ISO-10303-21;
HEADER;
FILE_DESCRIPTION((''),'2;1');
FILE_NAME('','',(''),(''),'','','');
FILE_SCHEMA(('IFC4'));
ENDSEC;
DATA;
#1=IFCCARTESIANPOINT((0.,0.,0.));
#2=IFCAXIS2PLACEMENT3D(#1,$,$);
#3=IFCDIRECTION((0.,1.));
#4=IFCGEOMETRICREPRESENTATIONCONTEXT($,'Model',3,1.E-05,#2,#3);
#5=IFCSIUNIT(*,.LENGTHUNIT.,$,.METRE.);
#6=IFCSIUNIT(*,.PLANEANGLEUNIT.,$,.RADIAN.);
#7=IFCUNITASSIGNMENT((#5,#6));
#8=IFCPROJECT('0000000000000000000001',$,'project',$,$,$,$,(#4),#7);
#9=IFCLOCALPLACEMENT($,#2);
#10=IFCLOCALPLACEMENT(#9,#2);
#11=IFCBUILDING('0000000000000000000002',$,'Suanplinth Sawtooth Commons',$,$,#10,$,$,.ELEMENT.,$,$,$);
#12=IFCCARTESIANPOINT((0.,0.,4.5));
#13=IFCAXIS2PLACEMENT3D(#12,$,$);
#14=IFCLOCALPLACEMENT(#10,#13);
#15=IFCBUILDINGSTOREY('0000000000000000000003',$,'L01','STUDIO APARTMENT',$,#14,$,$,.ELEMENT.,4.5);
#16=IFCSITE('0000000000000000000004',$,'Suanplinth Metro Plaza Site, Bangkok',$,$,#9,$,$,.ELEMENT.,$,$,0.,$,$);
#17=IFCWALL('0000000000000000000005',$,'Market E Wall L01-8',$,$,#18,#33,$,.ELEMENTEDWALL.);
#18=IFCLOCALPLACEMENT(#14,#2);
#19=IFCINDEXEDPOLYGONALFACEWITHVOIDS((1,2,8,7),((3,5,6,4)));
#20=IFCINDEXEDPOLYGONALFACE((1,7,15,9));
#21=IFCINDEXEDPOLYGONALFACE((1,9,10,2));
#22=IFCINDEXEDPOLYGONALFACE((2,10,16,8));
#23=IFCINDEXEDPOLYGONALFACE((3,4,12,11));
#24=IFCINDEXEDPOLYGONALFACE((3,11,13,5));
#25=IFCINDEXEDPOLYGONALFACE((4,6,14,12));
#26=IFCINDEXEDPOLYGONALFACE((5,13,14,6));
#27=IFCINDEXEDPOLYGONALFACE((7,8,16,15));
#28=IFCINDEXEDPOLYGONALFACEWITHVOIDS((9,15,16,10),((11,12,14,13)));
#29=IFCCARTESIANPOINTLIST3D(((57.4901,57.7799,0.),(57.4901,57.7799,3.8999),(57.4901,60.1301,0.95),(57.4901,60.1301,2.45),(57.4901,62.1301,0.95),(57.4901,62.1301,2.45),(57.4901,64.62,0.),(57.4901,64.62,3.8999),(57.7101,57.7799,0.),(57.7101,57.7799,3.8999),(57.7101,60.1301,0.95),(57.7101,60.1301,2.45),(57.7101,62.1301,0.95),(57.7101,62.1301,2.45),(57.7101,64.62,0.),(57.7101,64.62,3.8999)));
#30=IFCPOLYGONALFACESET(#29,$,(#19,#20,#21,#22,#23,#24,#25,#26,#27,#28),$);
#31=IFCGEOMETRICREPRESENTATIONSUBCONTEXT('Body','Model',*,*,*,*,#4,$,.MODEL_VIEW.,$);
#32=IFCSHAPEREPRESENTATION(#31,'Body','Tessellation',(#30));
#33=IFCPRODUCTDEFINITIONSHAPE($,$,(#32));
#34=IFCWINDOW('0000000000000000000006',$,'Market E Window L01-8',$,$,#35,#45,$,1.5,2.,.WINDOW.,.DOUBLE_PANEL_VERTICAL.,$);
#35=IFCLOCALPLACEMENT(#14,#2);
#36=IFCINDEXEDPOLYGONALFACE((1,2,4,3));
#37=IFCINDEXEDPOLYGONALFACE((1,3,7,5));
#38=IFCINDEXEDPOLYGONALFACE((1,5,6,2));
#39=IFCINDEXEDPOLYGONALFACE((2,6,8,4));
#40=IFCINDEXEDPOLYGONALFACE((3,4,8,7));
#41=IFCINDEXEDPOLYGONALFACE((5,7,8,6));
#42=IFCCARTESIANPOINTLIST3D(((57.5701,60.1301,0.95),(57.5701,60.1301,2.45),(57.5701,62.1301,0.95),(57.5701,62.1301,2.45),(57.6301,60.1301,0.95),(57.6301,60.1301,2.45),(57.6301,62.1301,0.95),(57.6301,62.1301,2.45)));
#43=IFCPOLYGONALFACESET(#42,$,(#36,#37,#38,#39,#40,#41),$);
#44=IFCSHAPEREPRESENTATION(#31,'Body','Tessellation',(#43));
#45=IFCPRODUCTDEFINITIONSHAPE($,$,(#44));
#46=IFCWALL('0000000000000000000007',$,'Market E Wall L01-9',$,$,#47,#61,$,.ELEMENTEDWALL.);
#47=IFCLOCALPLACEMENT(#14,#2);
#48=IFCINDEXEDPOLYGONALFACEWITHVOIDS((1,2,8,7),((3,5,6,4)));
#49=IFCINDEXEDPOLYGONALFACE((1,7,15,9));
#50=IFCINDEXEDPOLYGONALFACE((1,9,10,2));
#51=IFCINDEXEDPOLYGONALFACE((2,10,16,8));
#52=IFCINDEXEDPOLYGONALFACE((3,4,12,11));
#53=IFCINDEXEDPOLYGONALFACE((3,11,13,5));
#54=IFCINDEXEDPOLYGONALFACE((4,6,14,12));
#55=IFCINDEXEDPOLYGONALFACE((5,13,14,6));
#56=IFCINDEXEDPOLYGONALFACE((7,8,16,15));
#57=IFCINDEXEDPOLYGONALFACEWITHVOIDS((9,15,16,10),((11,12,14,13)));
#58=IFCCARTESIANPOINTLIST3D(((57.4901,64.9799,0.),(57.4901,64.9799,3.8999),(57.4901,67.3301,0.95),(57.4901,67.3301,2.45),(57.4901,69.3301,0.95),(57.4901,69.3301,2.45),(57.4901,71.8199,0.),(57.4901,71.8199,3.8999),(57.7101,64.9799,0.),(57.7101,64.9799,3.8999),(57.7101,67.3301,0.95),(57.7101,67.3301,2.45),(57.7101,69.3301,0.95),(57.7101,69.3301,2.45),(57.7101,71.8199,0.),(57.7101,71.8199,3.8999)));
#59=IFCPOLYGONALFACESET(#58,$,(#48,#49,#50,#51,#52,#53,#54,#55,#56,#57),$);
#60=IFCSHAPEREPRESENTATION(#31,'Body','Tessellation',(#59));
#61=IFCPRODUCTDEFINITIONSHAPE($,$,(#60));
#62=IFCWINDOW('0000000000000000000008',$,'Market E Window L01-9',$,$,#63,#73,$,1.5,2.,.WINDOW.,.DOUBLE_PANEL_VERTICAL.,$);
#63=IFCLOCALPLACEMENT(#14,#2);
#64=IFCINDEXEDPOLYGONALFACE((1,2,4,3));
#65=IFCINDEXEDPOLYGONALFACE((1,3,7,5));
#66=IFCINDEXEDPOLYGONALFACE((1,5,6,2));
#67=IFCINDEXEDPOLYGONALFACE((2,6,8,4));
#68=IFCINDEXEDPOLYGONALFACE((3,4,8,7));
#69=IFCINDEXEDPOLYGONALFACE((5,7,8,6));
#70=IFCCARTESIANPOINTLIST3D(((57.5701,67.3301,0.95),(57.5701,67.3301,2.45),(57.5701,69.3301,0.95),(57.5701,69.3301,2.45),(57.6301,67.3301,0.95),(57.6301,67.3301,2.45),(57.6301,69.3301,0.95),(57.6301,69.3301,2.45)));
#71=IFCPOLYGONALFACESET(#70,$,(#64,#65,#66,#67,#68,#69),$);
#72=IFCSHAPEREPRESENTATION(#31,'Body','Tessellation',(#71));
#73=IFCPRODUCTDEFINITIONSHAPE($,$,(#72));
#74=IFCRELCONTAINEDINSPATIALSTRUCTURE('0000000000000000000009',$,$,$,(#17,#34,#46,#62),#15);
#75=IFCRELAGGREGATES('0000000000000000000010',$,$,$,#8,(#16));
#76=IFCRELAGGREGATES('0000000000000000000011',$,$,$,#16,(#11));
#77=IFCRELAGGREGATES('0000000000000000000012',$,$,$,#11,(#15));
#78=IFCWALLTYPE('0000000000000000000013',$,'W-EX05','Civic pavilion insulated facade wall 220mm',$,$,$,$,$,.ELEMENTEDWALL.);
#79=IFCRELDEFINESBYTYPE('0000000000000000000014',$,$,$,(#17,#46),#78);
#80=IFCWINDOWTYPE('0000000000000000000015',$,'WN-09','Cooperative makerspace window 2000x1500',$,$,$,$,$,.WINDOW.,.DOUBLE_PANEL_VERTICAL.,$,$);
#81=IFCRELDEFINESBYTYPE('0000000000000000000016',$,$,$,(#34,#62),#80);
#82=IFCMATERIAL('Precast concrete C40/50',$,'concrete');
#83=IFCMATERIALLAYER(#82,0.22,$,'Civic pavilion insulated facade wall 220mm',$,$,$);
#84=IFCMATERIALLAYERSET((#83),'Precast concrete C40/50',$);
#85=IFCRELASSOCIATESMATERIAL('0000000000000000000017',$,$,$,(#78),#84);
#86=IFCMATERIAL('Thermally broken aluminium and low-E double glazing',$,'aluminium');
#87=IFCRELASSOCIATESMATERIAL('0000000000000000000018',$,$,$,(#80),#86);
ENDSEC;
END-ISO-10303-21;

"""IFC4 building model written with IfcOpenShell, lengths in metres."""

from ifc_helpers import new_model, si_unit, direction, frame, frame_2d, origin, place, context, subcontext, project, spatial, rectangle, extrude, material, layer, layer_set, type_object, element, fill, save


model = new_model("IFC4")

# Units and contexts
model_context = context("Model", 3, precision=1e-05, world=origin(), true_north=direction((0.0, 1.0)))
body_context = subcontext(model_context, "Body", "Model", "MODEL_VIEW")
ifc_project = project(units=[si_unit("LENGTHUNIT", "METRE"), si_unit("PLANEANGLEUNIT", "RADIAN")], contexts=[model_context])

# Site, building, storey
site_placement = place(None, origin())
site = spatial("IfcSite", under=ifc_project, at=site_placement, Name="Suanplinth Metro Plaza Site, Bangkok", CompositionType="ELEMENT", RefElevation=0.0)
building_placement = place(site_placement, origin())
building = spatial("IfcBuilding", under=site, at=building_placement, Name="Suanplinth Sawtooth Commons", CompositionType="ELEMENT")
storey_placement = place(building_placement, frame((0.0, 0.0, 4.5)))
storey = spatial("IfcBuildingStorey", under=building, at=storey_placement, Name="L01", Description="STUDIO APARTMENT", CompositionType="ELEMENT", Elevation=4.5)

# Shared definitions
ifc_material_1 = material(Name="Precast concrete C40/50", Category="concrete")

# Walls, openings, windows
ifc_layer_1 = layer(ifc_material_1, 0.22, Name="Civic pavilion insulated facade wall 220mm")
ifc_layer_set_1 = layer_set([ifc_layer_1], Name="Precast concrete C40/50")
wall_type = type_object("IfcWallType", Name="W-EX05", Description="Civic pavilion insulated facade wall 220mm", PredefinedType="ELEMENTEDWALL", material=ifc_layer_set_1)
ifc_material_2 = material(Name="Thermally broken aluminium and low-E double glazing", Category="aluminium")
wall_1_placement = place(storey_placement, frame((57.6001, 57.78, 0.0), z_axis=(0.0, 0.0, 1.0), x_axis=(0.0, 1.0, 0.0)))
wall_1 = element("IfcWall", 1, at=wall_1_placement, inside=storey, type_object=wall_type, Name="Market E Wall L01-8", PredefinedType="ELEMENTEDWALL", context=body_context, shape_type="SweptSolid", body=[
    extrude(rectangle(XDim=6.8401, YDim=0.22, at=frame_2d((3.4199, 0.0))), origin(), (0.0, 0.0, 1.0), 3.8999),
])
opening_1_placement = place(wall_1_placement, frame((2.3501, 0.0, 0.95)))
opening_1 = element("IfcOpeningElement", 2, at=opening_1_placement, cuts=wall_1, PredefinedType="OPENING", context=body_context, shape_type="SweptSolid", body=[
    extrude(rectangle(XDim=2.0, YDim=1.5, at=frame_2d((1.0, 0.75))), frame((0.0, 0.125, 0.0), z_axis=(0.0, -1.0, 0.0), x_axis=(1.0, 0.0, 0.0)), (0.0, 0.0, 1.0), 0.2498),
])
window_type_1 = type_object("IfcWindowType", Name="WN-09", Description="Cooperative makerspace window 2000x1500", PartitioningType="DOUBLE_PANEL_VERTICAL", PredefinedType="WINDOW", material=ifc_material_2)
window_1_placement = place(opening_1_placement, origin())
window_1 = element("IfcWindow", 3, at=window_1_placement, inside=storey, type_object=window_type_1, Name="Market E Window L01-8", OverallHeight=1.5, OverallWidth=2.0, PartitioningType="DOUBLE_PANEL_VERTICAL", PredefinedType="WINDOW", context=body_context, shape_type="SweptSolid", body=[
    extrude(rectangle(XDim=2.0, YDim=1.5, at=frame_2d((1.0, 0.75))), frame((0.0, 0.03, 0.0), z_axis=(0.0, -1.0, 0.0), x_axis=(1.0, 0.0, 0.0)), (0.0, 0.0, 1.0), 0.0601),
])
fill(opening_1, window_1)
wall_2_placement = place(storey_placement, frame((57.6001, 64.98, 0.0), z_axis=(0.0, 0.0, 1.0), x_axis=(0.0, 1.0, 0.0)))
wall_2 = element("IfcWall", 4, at=wall_2_placement, inside=storey, type_object=wall_type, Name="Market E Wall L01-9", PredefinedType="ELEMENTEDWALL", context=body_context, shape_type="SweptSolid", body=[
    extrude(rectangle(XDim=6.8401, YDim=0.22, at=frame_2d((3.4199, 0.0))), origin(), (0.0, 0.0, 1.0), 3.8999),
])
opening_2_placement = place(wall_2_placement, frame((2.3501, 0.0, 0.95)))
opening_2 = element("IfcOpeningElement", 5, at=opening_2_placement, cuts=wall_2, PredefinedType="OPENING", context=body_context, shape_type="SweptSolid", body=[
    extrude(rectangle(XDim=2.0, YDim=1.5, at=frame_2d((1.0, 0.75))), frame((0.0, 0.125, 0.0), z_axis=(0.0, -1.0, 0.0), x_axis=(1.0, 0.0, 0.0)), (0.0, 0.0, 1.0), 0.2498),
])
window_2_placement = place(opening_2_placement, origin())
window_2 = element("IfcWindow", 6, at=window_2_placement, inside=storey, type_object=window_type_1, Name="Market E Window L01-9", OverallHeight=1.5, OverallWidth=2.0, PartitioningType="DOUBLE_PANEL_VERTICAL", PredefinedType="WINDOW", context=body_context, shape_type="SweptSolid", body=[
    extrude(rectangle(XDim=2.0, YDim=1.5, at=frame_2d((1.0, 0.75))), frame((0.0, 0.03, 0.0), z_axis=(0.0, -1.0, 0.0), x_axis=(1.0, 0.0, 0.0)), (0.0, 0.0, 1.0), 0.0601),
])
fill(opening_2, window_2)

save(model, "model.ifc")
